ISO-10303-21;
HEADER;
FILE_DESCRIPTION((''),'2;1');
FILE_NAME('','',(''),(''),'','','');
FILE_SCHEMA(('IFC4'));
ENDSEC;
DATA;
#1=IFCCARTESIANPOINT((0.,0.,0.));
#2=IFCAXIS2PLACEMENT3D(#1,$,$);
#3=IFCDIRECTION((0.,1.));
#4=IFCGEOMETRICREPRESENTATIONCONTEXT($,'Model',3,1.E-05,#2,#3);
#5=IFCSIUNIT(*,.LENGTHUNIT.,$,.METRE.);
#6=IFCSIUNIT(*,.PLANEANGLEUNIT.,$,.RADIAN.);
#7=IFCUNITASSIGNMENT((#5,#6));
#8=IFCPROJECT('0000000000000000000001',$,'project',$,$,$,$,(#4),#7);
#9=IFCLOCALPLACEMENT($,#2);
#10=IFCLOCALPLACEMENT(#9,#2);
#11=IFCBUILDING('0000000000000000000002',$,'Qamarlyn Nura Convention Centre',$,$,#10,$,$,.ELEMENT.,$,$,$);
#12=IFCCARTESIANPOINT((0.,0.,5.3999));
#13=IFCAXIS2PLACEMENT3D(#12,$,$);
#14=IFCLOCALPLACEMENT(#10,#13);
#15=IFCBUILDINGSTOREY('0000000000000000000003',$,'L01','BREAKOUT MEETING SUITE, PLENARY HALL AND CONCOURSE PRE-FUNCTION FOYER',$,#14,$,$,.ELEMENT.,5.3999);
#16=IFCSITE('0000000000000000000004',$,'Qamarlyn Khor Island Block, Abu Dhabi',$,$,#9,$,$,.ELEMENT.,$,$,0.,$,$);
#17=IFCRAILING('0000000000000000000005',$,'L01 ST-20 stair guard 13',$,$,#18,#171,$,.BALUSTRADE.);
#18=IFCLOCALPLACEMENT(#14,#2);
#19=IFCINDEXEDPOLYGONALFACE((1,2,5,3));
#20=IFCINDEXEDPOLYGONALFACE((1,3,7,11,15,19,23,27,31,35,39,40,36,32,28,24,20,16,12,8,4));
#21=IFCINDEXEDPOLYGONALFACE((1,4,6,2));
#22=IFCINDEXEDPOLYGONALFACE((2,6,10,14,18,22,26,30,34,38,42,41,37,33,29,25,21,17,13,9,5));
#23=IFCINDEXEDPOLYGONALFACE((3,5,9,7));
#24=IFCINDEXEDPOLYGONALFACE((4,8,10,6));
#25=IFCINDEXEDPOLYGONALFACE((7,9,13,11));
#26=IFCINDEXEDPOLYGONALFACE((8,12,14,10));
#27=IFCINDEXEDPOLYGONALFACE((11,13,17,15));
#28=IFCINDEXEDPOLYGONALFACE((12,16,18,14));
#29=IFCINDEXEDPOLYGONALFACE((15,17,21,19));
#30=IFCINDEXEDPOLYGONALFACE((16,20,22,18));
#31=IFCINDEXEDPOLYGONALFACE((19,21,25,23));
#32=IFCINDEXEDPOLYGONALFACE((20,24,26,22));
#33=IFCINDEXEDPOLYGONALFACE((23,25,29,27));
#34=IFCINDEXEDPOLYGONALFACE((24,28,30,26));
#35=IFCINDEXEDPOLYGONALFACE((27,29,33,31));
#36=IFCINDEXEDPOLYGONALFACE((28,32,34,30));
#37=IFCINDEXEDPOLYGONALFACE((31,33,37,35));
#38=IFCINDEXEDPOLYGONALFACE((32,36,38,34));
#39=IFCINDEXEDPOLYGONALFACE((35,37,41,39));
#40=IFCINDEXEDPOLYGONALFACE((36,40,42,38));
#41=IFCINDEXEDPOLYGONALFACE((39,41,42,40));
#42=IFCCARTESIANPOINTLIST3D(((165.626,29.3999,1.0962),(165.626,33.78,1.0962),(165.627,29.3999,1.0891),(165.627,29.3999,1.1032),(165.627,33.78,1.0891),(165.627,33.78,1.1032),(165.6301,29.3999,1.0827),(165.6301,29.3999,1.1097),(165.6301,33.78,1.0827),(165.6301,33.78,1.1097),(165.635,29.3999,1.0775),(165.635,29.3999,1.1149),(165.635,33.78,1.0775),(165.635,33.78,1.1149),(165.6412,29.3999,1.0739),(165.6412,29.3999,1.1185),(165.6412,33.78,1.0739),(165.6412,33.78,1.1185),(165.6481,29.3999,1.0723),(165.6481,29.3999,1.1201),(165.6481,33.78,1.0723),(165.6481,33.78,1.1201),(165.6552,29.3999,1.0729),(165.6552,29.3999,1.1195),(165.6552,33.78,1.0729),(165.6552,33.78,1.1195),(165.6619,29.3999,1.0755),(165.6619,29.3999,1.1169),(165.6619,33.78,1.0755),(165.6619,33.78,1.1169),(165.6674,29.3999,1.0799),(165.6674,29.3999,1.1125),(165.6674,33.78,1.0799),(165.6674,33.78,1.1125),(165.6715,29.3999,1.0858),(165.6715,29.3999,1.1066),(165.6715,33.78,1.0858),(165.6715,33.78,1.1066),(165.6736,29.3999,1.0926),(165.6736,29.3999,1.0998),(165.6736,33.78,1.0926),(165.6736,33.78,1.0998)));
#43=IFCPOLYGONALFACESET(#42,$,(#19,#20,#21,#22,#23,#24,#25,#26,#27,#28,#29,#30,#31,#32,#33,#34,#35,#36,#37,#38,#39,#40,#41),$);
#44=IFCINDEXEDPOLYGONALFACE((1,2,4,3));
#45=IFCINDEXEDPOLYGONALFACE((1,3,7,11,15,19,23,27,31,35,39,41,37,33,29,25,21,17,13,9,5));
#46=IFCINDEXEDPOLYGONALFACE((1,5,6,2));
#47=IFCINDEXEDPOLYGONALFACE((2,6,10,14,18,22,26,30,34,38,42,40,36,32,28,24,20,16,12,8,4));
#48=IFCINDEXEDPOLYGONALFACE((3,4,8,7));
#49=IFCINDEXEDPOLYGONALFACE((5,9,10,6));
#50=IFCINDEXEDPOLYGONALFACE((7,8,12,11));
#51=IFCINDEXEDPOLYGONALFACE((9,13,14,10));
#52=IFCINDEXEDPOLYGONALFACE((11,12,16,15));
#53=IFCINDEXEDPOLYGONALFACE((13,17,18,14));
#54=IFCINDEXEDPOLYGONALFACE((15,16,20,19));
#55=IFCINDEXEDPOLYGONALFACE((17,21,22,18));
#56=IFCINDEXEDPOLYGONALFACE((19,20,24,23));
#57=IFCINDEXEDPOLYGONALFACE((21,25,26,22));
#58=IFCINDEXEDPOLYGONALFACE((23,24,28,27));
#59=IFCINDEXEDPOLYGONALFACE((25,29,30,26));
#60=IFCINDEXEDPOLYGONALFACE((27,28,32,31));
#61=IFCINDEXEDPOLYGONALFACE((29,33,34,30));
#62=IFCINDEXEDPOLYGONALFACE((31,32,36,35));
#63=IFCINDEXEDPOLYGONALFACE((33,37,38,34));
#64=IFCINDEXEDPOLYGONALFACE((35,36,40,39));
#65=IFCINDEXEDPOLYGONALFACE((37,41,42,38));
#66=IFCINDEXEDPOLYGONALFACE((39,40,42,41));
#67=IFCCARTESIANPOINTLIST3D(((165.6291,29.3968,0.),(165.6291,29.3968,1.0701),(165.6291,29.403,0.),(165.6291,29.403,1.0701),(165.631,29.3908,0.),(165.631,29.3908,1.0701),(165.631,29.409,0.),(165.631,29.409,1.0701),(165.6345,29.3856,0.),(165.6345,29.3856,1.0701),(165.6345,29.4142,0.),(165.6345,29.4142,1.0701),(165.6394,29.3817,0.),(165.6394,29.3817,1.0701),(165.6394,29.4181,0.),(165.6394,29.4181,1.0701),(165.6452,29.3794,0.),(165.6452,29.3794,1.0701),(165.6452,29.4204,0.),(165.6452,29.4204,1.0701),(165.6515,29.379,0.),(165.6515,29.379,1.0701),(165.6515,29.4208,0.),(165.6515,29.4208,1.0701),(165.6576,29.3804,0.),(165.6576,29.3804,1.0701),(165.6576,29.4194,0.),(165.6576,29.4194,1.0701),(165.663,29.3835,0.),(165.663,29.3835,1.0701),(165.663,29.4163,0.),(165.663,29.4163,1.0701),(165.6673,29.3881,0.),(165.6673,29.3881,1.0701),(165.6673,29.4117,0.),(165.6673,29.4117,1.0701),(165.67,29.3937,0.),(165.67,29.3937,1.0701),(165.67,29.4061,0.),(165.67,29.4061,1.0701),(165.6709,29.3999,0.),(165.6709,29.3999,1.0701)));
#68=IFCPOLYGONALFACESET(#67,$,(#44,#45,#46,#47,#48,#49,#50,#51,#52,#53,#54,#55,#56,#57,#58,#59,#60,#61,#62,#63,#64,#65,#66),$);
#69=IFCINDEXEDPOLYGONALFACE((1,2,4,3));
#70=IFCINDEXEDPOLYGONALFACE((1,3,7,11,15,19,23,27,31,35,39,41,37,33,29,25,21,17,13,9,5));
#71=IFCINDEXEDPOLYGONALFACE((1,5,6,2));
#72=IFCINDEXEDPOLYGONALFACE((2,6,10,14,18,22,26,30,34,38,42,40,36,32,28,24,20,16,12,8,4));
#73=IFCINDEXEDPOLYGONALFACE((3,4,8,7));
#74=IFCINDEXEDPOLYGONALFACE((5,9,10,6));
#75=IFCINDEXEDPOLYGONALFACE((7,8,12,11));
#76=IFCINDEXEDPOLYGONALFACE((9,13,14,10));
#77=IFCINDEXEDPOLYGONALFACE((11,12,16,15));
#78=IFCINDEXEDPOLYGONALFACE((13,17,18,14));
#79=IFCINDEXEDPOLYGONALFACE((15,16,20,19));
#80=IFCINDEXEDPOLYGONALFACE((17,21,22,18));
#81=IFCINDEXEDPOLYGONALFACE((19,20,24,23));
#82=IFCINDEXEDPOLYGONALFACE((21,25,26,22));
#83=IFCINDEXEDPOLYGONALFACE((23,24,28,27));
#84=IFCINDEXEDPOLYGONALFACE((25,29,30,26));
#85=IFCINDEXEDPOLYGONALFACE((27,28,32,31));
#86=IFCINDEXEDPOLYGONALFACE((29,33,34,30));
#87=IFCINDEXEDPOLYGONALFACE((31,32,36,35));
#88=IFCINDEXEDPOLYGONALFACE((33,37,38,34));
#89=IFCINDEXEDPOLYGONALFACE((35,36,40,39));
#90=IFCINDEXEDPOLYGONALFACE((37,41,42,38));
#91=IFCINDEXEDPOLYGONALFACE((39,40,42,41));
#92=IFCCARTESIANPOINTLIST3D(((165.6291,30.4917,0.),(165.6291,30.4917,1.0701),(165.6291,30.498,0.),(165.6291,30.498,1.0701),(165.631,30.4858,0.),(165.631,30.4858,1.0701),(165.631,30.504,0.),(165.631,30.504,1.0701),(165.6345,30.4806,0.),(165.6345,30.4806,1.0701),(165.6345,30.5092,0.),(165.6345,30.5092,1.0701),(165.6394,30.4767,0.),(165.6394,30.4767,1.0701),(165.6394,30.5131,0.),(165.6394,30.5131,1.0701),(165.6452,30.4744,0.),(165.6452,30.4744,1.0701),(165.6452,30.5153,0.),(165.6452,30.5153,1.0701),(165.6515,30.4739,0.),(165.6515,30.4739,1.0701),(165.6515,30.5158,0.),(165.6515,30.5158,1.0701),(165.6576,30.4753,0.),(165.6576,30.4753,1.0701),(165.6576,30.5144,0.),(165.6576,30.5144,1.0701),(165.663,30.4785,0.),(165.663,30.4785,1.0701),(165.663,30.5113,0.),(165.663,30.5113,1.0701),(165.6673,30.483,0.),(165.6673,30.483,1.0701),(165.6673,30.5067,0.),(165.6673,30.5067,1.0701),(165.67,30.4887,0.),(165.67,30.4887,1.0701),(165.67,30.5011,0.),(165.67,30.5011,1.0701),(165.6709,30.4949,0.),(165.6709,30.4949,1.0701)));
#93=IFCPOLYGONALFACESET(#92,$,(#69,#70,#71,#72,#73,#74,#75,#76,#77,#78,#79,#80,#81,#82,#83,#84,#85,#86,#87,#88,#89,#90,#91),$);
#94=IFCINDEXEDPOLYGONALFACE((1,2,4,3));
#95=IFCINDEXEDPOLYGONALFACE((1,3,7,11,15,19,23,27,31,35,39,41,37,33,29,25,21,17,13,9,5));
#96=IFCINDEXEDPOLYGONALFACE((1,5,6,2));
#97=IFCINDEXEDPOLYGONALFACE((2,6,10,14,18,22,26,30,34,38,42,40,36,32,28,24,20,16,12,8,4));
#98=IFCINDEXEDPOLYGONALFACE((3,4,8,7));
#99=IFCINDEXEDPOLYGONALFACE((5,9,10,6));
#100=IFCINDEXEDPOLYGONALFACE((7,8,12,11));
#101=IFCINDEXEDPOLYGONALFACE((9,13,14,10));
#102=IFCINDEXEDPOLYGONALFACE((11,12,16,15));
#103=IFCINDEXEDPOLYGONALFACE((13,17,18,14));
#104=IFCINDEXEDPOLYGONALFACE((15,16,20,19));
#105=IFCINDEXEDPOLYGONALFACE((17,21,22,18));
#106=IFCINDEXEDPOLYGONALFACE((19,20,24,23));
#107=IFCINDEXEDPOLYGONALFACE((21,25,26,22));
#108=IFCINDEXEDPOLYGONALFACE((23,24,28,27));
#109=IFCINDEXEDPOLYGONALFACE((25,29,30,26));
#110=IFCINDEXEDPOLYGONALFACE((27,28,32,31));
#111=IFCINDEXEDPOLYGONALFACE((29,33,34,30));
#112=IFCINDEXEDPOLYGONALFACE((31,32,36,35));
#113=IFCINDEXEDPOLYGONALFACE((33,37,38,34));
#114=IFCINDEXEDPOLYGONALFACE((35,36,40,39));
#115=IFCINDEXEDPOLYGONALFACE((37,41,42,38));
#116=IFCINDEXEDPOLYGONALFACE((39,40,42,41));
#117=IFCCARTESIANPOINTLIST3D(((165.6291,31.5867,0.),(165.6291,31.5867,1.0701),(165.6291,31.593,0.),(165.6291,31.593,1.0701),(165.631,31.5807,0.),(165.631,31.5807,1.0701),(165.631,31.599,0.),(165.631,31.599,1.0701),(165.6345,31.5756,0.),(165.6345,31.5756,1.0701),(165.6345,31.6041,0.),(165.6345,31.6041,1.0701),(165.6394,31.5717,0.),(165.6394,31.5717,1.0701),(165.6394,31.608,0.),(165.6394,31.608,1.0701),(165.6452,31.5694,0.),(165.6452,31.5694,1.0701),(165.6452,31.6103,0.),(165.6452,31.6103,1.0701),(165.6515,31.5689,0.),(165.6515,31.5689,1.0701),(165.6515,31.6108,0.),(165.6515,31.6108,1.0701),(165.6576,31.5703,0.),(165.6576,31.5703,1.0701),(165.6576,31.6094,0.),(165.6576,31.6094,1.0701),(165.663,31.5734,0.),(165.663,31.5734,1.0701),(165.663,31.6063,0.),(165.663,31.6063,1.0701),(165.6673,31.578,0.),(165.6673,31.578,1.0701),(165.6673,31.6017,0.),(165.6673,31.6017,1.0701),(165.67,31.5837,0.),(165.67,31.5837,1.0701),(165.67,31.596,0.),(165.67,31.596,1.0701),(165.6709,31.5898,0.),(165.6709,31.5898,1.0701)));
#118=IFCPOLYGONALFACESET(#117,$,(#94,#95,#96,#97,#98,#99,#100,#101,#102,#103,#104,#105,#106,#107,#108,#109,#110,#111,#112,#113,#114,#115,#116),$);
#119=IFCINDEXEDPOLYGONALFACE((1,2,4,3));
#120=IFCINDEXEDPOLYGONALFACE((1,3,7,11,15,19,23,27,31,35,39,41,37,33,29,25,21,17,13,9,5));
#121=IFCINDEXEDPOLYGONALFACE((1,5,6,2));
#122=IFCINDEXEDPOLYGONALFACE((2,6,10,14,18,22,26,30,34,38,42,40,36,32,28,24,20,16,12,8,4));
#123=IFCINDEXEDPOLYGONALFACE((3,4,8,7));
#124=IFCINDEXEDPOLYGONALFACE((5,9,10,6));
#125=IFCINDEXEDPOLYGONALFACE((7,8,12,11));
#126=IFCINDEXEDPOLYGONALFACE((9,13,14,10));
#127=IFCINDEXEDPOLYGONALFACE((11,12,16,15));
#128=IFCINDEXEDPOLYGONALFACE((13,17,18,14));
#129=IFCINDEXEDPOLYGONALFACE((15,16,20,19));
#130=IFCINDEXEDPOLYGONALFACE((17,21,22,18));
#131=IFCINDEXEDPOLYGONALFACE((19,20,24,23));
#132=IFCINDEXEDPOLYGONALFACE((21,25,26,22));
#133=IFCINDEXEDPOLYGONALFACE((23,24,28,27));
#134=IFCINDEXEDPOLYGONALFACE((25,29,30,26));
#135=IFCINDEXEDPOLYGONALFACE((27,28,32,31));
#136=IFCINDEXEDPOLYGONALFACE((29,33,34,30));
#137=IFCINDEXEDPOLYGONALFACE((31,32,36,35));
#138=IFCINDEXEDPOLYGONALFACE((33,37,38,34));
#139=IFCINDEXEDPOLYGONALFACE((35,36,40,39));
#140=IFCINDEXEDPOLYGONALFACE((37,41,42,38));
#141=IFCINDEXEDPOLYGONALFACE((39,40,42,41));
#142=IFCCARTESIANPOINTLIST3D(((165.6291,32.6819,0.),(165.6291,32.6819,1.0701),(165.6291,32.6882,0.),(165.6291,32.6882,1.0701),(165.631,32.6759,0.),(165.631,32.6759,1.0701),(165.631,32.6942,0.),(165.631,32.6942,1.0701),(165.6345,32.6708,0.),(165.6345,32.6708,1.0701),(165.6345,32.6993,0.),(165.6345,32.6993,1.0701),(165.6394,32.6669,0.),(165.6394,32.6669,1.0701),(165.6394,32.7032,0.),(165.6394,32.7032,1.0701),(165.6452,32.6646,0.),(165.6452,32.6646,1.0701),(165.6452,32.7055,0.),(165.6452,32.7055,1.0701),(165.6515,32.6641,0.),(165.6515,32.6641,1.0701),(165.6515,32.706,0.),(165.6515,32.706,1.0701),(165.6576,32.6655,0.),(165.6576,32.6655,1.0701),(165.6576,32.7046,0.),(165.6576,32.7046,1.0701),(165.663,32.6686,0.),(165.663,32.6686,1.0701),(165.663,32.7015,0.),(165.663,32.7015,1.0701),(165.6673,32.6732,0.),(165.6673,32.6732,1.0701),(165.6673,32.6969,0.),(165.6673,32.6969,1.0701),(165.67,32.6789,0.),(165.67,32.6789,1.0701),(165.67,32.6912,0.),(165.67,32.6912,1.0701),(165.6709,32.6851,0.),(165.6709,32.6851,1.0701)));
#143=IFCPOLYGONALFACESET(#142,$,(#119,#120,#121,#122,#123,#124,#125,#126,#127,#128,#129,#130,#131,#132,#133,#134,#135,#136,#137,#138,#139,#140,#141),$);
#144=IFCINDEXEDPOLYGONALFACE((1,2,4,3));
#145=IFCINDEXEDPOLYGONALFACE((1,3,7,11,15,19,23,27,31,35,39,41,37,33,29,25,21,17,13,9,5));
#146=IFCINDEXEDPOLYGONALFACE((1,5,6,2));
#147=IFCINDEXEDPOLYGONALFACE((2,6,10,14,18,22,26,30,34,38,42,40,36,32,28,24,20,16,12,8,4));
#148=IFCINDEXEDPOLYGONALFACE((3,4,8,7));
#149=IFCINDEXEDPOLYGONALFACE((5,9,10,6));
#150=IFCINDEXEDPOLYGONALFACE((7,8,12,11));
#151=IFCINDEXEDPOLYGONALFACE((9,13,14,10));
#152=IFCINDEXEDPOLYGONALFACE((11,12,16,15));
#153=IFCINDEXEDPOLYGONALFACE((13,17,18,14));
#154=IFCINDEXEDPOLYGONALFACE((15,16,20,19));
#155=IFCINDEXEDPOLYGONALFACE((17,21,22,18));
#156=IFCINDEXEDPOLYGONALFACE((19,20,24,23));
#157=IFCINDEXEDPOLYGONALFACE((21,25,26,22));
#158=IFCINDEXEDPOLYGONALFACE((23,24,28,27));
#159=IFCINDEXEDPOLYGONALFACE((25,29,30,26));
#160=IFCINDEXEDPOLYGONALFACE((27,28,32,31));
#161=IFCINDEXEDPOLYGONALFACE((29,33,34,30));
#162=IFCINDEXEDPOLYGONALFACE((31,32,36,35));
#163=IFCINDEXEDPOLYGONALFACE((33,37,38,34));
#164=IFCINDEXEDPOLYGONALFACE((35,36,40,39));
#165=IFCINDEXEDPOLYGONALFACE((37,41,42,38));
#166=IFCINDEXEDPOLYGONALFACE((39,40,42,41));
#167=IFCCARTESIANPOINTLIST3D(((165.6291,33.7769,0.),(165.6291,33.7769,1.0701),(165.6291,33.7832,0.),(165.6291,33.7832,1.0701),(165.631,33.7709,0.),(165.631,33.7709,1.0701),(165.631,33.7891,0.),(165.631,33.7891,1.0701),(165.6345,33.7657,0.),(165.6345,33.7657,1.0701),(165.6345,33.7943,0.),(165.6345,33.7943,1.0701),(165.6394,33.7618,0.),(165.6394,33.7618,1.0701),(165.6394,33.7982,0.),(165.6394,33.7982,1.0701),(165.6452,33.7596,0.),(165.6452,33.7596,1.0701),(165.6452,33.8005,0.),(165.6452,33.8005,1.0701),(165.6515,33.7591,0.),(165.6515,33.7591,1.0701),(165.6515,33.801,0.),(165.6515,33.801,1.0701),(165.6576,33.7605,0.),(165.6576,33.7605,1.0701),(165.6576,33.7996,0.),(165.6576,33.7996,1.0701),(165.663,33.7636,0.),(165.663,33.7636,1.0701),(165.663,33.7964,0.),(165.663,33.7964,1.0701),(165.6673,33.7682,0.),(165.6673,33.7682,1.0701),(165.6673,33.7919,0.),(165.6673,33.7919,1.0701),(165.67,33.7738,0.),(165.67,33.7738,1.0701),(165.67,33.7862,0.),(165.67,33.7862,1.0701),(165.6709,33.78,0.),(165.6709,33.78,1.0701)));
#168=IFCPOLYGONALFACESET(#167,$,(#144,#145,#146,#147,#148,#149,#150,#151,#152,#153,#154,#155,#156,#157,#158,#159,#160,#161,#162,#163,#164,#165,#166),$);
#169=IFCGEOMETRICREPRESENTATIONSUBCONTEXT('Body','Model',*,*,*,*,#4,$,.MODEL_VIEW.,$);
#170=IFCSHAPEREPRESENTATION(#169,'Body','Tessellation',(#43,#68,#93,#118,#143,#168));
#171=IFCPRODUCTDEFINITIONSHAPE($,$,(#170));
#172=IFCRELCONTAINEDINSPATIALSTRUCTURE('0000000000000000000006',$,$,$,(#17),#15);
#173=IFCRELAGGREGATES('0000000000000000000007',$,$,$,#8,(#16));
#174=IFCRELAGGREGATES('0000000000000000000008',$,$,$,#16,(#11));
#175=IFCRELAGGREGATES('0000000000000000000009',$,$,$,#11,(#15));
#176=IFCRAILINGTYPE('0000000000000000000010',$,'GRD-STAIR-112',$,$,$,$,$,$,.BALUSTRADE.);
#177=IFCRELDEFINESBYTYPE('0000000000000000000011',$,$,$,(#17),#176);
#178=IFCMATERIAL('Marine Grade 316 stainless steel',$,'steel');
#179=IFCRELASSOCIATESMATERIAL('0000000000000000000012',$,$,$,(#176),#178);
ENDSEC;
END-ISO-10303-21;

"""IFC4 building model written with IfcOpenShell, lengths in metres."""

from ifc_helpers import new_model, si_unit, direction, frame, origin, origin_2d, place, context, subcontext, project, spatial, circle, extrude, material, type_object, element, save


model = new_model("IFC4")

# Units and contexts
model_context = context("Model", 3, precision=1e-05, world=origin(), true_north=direction((0.0, 1.0)))
body_context = subcontext(model_context, "Body", "Model", "MODEL_VIEW")
ifc_project = project(units=[si_unit("LENGTHUNIT", "METRE"), si_unit("PLANEANGLEUNIT", "RADIAN")], contexts=[model_context])

# Site, building, storey
site_placement = place(None, origin())
site = spatial("IfcSite", under=ifc_project, at=site_placement, Name="Qamarlyn Khor Island Block, Abu Dhabi", CompositionType="ELEMENT", RefElevation=0.0)
building_placement = place(site_placement, origin())
building = spatial("IfcBuilding", under=site, at=building_placement, Name="Qamarlyn Nura Convention Centre", CompositionType="ELEMENT")
storey_placement = place(building_placement, frame((0.0, 0.0, 5.3999)))
storey = spatial("IfcBuildingStorey", under=building, at=storey_placement, Name="L01", Description="BREAKOUT MEETING SUITE, PLENARY HALL AND CONCOURSE PRE-FUNCTION FOYER", CompositionType="ELEMENT", Elevation=5.3999)

# Railing
ifc_material_1 = material(Name="Marine Grade 316 stainless steel", Category="steel")
railing_type_1 = type_object("IfcRailingType", Name="GRD-STAIR-112", PredefinedType="BALUSTRADE", material=ifc_material_1)
railing_1_placement = place(storey_placement, frame((165.6499, 29.3999, 0.0)))
element("IfcRailing", 1, at=railing_1_placement, inside=storey, type_object=railing_type_1, Name="L01 ST-20 stair guard 13", PredefinedType="BALUSTRADE", context=body_context, shape_type="SweptSolid", body=[
    extrude(circle(Radius=0.0239, at=origin_2d()), frame((0.0, 0.0, 1.0962), z_axis=(0.0, 1.0, 0.0), x_axis=(-1.0, 0.0, 0.0)), (0.0, 0.0, 1.0), 4.3801),
    extrude(circle(Radius=0.021, at=origin_2d()), origin(), (0.0, 0.0, 1.0), 1.0701),
    extrude(circle(Radius=0.021, at=origin_2d()), frame((0.0, 1.095, 0.0)), (0.0, 0.0, 1.0), 1.0701),
    extrude(circle(Radius=0.021, at=origin_2d()), frame((0.0, 2.1899, 0.0)), (0.0, 0.0, 1.0), 1.0701),
    extrude(circle(Radius=0.021, at=origin_2d()), frame((0.0, 3.2852, 0.0)), (0.0, 0.0, 1.0), 1.0701),
    extrude(circle(Radius=0.021, at=origin_2d()), frame((0.0, 4.3801, 0.0)), (0.0, 0.0, 1.0), 1.0701),
])

save(model, "model.ifc")
